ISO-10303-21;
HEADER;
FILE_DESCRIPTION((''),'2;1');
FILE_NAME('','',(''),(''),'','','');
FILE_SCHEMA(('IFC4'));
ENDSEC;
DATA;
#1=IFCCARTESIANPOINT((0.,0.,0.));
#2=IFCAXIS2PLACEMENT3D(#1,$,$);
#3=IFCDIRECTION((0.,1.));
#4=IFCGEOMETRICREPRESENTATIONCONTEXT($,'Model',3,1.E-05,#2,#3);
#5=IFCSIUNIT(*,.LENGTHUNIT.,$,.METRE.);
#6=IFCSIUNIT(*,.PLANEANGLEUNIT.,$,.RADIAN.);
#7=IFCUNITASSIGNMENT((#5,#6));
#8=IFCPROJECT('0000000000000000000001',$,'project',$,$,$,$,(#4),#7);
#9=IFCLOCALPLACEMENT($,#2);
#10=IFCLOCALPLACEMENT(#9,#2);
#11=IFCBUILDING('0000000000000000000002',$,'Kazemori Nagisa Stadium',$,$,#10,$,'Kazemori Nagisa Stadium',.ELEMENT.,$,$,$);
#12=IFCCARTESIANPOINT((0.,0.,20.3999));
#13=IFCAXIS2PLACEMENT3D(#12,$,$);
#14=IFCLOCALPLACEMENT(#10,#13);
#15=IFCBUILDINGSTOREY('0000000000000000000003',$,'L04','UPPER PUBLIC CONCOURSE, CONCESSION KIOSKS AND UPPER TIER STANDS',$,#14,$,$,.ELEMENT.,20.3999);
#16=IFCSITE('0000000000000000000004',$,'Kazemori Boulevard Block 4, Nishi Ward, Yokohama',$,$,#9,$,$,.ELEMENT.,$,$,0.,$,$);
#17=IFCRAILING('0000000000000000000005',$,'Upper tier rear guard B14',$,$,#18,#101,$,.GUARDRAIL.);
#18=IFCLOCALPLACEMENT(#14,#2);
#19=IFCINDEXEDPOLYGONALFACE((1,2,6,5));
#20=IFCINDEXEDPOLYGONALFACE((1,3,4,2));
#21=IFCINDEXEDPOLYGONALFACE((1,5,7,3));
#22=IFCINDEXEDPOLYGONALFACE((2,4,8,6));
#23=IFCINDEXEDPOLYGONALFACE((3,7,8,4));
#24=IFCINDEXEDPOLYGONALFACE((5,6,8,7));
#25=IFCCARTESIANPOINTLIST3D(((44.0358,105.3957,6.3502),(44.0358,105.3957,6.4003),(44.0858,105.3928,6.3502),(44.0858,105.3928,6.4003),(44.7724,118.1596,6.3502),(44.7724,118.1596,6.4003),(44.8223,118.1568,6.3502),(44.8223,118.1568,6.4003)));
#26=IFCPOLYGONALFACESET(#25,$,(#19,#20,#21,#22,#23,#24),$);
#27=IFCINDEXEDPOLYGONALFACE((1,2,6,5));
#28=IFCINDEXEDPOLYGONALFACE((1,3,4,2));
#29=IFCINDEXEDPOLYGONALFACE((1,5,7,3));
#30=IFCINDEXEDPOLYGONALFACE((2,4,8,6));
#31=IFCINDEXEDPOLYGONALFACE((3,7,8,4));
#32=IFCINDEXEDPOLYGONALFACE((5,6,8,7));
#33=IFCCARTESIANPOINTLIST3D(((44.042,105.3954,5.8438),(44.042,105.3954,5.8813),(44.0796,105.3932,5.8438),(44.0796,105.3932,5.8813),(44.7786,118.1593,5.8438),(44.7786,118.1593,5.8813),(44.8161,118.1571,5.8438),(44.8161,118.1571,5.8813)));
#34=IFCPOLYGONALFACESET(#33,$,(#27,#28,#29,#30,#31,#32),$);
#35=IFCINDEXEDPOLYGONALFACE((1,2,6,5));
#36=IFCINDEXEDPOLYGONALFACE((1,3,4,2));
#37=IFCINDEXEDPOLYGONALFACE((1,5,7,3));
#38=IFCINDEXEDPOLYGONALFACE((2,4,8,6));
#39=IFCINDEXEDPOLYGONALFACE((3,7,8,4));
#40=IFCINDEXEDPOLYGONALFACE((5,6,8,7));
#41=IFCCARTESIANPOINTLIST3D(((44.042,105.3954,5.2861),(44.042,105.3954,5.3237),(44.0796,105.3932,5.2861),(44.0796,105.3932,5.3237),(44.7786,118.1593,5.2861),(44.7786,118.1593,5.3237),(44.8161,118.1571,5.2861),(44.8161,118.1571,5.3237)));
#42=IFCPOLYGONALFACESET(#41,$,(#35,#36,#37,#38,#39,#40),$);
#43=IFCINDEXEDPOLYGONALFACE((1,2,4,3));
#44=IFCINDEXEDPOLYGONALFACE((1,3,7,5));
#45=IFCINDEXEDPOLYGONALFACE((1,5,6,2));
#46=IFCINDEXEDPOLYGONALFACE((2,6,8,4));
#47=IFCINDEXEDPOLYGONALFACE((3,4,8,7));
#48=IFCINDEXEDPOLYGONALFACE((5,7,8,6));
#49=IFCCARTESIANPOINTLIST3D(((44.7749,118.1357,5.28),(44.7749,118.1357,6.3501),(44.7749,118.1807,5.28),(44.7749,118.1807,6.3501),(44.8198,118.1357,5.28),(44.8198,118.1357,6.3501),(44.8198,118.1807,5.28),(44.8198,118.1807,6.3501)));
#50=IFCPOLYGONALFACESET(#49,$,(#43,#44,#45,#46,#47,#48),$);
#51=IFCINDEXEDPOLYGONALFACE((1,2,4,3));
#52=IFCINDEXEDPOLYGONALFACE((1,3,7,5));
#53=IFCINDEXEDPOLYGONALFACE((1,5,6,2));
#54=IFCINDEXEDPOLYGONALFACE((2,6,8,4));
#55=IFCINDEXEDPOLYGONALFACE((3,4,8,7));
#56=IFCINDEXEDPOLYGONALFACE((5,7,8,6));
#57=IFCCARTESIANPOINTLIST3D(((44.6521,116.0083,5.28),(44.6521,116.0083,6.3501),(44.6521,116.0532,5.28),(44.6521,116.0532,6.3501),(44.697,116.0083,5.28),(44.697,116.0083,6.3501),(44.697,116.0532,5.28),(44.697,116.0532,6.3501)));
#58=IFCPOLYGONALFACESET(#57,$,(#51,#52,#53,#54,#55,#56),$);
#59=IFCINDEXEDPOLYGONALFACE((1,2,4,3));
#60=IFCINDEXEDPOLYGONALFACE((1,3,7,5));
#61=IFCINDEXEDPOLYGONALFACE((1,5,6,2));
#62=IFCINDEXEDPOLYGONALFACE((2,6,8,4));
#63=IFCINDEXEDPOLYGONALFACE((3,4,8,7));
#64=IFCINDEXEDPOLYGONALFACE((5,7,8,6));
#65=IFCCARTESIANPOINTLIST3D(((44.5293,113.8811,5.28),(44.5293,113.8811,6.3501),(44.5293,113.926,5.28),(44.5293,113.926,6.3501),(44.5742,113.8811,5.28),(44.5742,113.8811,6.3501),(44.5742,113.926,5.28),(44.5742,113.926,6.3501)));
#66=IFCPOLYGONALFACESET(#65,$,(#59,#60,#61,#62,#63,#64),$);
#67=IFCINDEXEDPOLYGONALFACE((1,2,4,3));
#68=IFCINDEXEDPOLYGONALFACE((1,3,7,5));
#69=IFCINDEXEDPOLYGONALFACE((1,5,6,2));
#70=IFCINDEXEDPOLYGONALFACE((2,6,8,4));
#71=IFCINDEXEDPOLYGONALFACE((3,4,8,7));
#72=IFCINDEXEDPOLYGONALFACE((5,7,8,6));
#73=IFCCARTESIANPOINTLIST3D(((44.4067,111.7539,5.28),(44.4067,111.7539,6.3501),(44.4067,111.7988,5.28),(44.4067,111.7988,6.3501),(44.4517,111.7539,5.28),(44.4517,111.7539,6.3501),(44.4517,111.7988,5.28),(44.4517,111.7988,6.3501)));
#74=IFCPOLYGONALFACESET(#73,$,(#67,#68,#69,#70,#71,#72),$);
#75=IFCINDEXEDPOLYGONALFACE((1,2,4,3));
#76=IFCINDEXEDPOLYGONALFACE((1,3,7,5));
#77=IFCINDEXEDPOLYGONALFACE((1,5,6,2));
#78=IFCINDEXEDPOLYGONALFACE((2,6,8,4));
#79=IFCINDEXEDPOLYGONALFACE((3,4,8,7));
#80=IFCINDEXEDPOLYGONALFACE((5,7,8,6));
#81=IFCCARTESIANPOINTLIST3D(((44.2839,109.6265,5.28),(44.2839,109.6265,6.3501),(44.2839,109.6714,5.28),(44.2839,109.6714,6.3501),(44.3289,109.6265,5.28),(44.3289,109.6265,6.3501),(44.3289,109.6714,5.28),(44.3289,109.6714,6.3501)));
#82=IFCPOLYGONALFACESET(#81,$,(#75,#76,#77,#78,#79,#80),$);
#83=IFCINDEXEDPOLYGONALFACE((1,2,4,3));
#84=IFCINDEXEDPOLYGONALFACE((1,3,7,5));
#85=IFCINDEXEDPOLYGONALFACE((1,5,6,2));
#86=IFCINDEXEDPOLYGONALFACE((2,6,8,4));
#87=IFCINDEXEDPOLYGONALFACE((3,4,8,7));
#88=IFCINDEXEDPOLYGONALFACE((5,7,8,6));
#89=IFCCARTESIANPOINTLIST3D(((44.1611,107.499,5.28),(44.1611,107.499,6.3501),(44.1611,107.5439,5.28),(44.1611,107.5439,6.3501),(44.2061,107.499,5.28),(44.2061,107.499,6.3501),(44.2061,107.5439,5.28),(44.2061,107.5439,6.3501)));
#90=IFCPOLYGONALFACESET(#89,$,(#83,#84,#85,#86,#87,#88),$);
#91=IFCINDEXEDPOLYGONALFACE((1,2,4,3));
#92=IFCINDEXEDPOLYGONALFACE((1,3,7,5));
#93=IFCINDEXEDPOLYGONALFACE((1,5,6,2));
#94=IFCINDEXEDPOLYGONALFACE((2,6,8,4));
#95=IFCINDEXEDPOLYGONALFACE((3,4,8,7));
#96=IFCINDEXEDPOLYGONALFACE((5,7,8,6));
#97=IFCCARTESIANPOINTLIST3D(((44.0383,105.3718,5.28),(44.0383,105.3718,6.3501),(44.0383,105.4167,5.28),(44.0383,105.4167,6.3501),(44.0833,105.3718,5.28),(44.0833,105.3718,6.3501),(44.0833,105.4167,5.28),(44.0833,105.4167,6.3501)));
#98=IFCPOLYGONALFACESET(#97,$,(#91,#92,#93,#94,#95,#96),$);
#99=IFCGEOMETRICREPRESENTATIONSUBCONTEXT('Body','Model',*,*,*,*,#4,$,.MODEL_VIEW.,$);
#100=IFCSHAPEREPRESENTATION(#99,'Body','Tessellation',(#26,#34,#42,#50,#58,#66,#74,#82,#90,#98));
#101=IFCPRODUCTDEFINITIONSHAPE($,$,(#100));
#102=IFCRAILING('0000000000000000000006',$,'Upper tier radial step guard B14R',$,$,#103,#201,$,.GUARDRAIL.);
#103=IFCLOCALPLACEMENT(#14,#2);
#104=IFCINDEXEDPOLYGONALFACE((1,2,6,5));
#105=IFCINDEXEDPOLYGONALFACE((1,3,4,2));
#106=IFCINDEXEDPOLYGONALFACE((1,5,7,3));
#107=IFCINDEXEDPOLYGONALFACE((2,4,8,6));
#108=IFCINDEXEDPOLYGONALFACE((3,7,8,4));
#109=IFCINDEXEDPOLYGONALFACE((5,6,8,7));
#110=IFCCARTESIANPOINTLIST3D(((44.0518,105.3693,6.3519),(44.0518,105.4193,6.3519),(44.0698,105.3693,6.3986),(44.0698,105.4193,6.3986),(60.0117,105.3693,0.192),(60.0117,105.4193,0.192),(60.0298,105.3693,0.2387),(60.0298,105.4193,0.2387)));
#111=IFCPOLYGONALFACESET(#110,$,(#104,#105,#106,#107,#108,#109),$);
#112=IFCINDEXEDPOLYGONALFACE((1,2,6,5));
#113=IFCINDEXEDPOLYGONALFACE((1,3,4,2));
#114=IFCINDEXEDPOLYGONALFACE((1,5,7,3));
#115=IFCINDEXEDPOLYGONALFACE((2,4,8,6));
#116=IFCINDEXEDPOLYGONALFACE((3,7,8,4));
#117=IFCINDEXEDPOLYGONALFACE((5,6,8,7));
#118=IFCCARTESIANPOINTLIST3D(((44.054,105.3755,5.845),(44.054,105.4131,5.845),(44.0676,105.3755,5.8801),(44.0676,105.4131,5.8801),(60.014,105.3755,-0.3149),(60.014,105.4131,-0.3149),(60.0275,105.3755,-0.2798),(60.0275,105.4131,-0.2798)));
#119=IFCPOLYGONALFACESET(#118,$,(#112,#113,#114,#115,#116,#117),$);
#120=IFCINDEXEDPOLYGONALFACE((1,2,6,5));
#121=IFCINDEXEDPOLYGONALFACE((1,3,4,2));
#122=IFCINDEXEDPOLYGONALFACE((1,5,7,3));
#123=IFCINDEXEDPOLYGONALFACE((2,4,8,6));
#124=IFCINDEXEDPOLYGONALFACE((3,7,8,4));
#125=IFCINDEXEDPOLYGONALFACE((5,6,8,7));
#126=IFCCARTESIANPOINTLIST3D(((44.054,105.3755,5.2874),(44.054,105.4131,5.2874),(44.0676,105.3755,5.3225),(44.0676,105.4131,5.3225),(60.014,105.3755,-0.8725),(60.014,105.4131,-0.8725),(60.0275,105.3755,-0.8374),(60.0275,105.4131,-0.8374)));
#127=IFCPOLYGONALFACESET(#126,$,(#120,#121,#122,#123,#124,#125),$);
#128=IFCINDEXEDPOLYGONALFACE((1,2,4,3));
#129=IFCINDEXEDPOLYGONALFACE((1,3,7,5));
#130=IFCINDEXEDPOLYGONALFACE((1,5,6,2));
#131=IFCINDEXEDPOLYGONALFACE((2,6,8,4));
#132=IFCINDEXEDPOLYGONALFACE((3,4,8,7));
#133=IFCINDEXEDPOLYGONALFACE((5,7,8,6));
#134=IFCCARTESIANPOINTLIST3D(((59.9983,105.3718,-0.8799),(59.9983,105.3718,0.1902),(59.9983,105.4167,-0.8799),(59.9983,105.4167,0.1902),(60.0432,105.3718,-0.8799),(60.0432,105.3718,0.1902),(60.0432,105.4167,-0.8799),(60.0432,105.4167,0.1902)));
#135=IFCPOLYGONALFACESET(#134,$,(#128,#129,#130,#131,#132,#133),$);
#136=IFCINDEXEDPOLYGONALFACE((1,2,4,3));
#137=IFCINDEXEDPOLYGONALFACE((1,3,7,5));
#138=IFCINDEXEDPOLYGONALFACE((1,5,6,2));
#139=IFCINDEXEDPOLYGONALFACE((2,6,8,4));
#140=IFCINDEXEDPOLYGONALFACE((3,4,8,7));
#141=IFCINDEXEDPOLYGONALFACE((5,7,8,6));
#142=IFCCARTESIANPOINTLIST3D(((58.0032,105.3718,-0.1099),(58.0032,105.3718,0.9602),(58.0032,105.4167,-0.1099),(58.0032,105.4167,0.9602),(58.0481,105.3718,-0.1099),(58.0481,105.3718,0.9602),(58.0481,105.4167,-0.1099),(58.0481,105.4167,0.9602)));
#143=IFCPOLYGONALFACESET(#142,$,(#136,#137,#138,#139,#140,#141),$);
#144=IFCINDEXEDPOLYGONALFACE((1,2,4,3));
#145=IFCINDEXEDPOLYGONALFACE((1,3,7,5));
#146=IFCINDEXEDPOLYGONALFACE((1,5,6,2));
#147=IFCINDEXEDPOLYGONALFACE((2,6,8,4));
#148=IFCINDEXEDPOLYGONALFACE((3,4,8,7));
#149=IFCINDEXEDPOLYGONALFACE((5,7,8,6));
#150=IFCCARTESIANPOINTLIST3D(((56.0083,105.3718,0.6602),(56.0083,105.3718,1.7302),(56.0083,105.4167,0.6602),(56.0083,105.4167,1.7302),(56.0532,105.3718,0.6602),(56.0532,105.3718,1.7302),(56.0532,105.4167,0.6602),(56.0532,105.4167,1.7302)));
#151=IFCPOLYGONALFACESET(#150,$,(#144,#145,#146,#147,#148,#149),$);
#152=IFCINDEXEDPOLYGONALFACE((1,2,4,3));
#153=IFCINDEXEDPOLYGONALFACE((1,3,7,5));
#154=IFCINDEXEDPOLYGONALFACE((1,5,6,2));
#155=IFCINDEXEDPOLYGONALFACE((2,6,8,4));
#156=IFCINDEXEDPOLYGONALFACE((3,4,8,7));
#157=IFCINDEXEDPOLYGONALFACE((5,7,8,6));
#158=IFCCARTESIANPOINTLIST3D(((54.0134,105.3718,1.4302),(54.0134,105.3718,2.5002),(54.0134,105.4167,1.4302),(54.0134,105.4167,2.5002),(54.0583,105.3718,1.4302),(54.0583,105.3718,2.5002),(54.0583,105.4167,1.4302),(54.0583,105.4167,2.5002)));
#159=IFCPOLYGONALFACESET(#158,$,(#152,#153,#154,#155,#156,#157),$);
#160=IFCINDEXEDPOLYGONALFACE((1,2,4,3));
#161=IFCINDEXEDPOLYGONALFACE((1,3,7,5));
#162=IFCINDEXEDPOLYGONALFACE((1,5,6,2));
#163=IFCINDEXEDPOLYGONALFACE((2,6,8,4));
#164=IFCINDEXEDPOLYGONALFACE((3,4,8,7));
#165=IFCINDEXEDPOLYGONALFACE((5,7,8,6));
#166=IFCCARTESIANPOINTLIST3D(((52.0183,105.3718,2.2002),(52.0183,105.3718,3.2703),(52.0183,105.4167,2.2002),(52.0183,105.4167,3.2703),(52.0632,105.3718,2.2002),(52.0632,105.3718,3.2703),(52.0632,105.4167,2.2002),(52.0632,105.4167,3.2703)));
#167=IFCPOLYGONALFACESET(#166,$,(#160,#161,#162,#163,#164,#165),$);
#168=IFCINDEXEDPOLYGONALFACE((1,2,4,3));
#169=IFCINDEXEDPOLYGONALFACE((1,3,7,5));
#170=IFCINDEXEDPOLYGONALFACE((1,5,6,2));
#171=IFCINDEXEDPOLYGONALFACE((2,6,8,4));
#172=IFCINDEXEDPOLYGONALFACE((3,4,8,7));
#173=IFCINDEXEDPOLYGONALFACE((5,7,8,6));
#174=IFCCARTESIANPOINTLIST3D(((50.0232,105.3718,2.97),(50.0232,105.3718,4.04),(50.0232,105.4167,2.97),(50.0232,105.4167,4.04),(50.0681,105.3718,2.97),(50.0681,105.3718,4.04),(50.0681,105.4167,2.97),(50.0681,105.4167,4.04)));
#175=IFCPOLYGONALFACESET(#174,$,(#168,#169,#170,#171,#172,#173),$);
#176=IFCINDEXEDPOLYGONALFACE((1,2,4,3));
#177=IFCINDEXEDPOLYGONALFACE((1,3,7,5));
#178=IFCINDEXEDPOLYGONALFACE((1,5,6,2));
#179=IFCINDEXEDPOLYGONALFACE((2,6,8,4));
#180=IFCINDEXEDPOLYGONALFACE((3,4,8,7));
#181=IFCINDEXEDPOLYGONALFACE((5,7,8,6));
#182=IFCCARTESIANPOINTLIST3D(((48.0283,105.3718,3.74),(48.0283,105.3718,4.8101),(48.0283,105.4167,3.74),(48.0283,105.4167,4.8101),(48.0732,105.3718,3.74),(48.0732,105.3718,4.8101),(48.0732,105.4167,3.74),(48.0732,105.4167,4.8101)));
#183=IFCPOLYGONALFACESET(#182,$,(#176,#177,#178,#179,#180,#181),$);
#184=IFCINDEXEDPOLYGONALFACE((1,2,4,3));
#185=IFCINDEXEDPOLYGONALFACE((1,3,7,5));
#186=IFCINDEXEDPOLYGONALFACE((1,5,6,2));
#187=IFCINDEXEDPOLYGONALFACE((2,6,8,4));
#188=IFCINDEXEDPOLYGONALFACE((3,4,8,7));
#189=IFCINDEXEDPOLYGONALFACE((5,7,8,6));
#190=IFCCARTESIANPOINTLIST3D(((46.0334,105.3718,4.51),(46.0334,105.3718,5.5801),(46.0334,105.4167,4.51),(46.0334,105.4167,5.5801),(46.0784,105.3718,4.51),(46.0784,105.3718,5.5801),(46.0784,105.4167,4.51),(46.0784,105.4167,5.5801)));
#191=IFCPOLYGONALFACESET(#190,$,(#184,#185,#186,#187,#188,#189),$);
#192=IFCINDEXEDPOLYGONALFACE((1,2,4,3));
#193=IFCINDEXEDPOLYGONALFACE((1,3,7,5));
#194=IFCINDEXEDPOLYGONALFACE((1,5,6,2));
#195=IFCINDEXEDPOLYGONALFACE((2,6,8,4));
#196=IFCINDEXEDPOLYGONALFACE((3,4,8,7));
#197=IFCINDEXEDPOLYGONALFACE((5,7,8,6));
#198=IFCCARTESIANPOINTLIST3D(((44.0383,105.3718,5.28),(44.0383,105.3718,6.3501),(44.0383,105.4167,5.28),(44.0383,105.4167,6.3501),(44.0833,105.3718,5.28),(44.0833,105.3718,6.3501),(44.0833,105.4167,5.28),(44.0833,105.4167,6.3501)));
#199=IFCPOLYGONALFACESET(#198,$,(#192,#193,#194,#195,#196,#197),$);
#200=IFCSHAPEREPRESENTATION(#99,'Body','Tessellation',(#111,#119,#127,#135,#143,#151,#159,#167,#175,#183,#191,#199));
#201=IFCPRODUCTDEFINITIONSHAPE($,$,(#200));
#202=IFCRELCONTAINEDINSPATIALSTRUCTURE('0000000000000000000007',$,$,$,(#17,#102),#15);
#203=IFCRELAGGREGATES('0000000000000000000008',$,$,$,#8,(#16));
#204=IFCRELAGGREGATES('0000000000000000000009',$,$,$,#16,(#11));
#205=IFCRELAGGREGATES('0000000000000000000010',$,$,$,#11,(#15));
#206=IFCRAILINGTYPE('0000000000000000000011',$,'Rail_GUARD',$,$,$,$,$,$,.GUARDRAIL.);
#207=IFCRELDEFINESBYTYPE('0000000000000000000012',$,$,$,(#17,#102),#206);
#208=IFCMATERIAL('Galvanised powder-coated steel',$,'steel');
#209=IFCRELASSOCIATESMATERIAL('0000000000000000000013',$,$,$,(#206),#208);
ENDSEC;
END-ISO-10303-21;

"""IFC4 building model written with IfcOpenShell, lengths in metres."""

from ifc_helpers import new_model, si_unit, direction, frame, origin, origin_2d, place, context, subcontext, project, spatial, rectangle, extrude, material, type_object, element, save


model = new_model("IFC4")

# Units and contexts
model_context = context("Model", 3, precision=1e-05, world=origin(), true_north=direction((0.0, 1.0)))
body_context = subcontext(model_context, "Body", "Model", "MODEL_VIEW")
ifc_project = project(units=[si_unit("LENGTHUNIT", "METRE"), si_unit("PLANEANGLEUNIT", "RADIAN")], contexts=[model_context])

# Site, building, storey
site_placement = place(None, origin())
site = spatial("IfcSite", under=ifc_project, at=site_placement, Name="Kazemori Boulevard Block 4, Nishi Ward, Yokohama", CompositionType="ELEMENT", RefElevation=0.0)
building_placement = place(site_placement, origin())
building = spatial("IfcBuilding", under=site, at=building_placement, Name="Kazemori Nagisa Stadium", LongName="Kazemori Nagisa Stadium", CompositionType="ELEMENT")
storey_placement = place(building_placement, frame((0.0, 0.0, 20.3999)))
storey = spatial("IfcBuildingStorey", under=building, at=storey_placement, Name="L04", Description="UPPER PUBLIC CONCOURSE, CONCESSION KIOSKS AND UPPER TIER STANDS", CompositionType="ELEMENT", Elevation=20.3999)

# Railings
ifc_material_1 = material(Name="Galvanised powder-coated steel", Category="steel")
railing_type_1 = type_object("IfcRailingType", Name="Rail_GUARD", PredefinedType="GUARDRAIL", material=ifc_material_1)
railing_1_placement = place(storey_placement, frame((44.7974, 118.1582, 5.28)))
element("IfcRailing", 1, at=railing_1_placement, inside=storey, type_object=railing_type_1, Name="Upper tier rear guard B14", PredefinedType="GUARDRAIL", context=body_context, shape_type="SweptSolid", body=[
    extrude(rectangle(XDim=0.05, YDim=0.05, at=origin_2d()), frame((0.0, 0.0, 1.0952), z_axis=(-0.057612, -0.998339, 0.0), x_axis=(0.998339, -0.057612, 0.0)), (0.0, 0.0, 1.0), 12.7852),
    extrude(rectangle(XDim=0.0376, YDim=0.0376, at=origin_2d()), frame((0.0, 0.0, 0.5825), z_axis=(-0.057612, -0.998339, 0.0), x_axis=(0.998339, -0.057612, 0.0)), (0.0, 0.0, 1.0), 12.7852),
    extrude(rectangle(XDim=0.0376, YDim=0.0376, at=origin_2d()), frame((0.0, 0.0, 0.0249), z_axis=(-0.057612, -0.998339, 0.0), x_axis=(0.998339, -0.057612, 0.0)), (0.0, 0.0, 1.0), 12.7852),
    extrude(rectangle(XDim=0.0449, YDim=0.0449, at=origin_2d()), origin(), (0.0, 0.0, 1.0), 1.0701),
    extrude(rectangle(XDim=0.0449, YDim=0.0449, at=origin_2d()), frame((-0.1228, -2.1274, 0.0)), (0.0, 0.0, 1.0), 1.0701),
    extrude(rectangle(XDim=0.0449, YDim=0.0449, at=origin_2d()), frame((-0.2456, -4.2546, 0.0)), (0.0, 0.0, 1.0), 1.0701),
    extrude(rectangle(XDim=0.0449, YDim=0.0449, at=origin_2d()), frame((-0.3682, -6.3818, 0.0)), (0.0, 0.0, 1.0), 1.0701),
    extrude(rectangle(XDim=0.0449, YDim=0.0449, at=origin_2d()), frame((-0.491, -8.5093, 0.0)), (0.0, 0.0, 1.0), 1.0701),
    extrude(rectangle(XDim=0.0449, YDim=0.0449, at=origin_2d()), frame((-0.6138, -10.6367, 0.0)), (0.0, 0.0, 1.0), 1.0701),
    extrude(rectangle(XDim=0.0449, YDim=0.0449, at=origin_2d()), frame((-0.7366, -12.7639, 0.0)), (0.0, 0.0, 1.0), 1.0701),
])
railing_2_placement = place(storey_placement, frame((60.0208, 105.3943, -0.8799)))
element("IfcRailing", 2, at=railing_2_placement, inside=storey, type_object=railing_type_1, Name="Upper tier radial step guard B14R", PredefinedType="GUARDRAIL", context=body_context, shape_type="SweptSolid", body=[
    extrude(rectangle(XDim=0.05, YDim=0.05, at=origin_2d()), frame((0.0, 0.0, 1.0952), z_axis=(-0.932925, 0.0, 0.360072), x_axis=(0.0, -1.0, 0.0)), (0.0, 0.0, 1.0), 17.1074),
    extrude(rectangle(XDim=0.0376, YDim=0.0376, at=origin_2d()), frame((0.0, 0.0, 0.5825), z_axis=(-0.932925, 0.0, 0.360072), x_axis=(0.0, -1.0, 0.0)), (0.0, 0.0, 1.0), 17.1074),
    extrude(rectangle(XDim=0.0376, YDim=0.0376, at=origin_2d()), frame((0.0, 0.0, 0.0249), z_axis=(-0.932925, 0.0, 0.360072), x_axis=(0.0, -1.0, 0.0)), (0.0, 0.0, 1.0), 17.1074),
    extrude(rectangle(XDim=0.0449, YDim=0.0449, at=origin_2d()), origin(), (0.0, 0.0, 1.0), 1.0701),
    extrude(rectangle(XDim=0.0449, YDim=0.0449, at=origin_2d()), frame((-1.9951, 0.0, 0.77)), (0.0, 0.0, 1.0), 1.0701),
    extrude(rectangle(XDim=0.0449, YDim=0.0449, at=origin_2d()), frame((-3.99, 0.0, 1.54)), (0.0, 0.0, 1.0), 1.0701),
    extrude(rectangle(XDim=0.0449, YDim=0.0449, at=origin_2d()), frame((-5.9849, 0.0, 2.3101)), (0.0, 0.0, 1.0), 1.0701),
    extrude(rectangle(XDim=0.0449, YDim=0.0449, at=origin_2d()), frame((-7.98, 0.0, 3.0801)), (0.0, 0.0, 1.0), 1.0701),
    extrude(rectangle(XDim=0.0449, YDim=0.0449, at=origin_2d()), frame((-9.9751, 0.0, 3.8499)), (0.0, 0.0, 1.0), 1.0701),
    extrude(rectangle(XDim=0.0449, YDim=0.0449, at=origin_2d()), frame((-11.97, 0.0, 4.6199)), (0.0, 0.0, 1.0), 1.0701),
    extrude(rectangle(XDim=0.0449, YDim=0.0449, at=origin_2d()), frame((-13.9648, 0.0, 5.3899)), (0.0, 0.0, 1.0), 1.0701),
    extrude(rectangle(XDim=0.0449, YDim=0.0449, at=origin_2d()), frame((-15.96, 0.0, 6.1599)), (0.0, 0.0, 1.0), 1.0701),
])

save(model, "model.ifc")
